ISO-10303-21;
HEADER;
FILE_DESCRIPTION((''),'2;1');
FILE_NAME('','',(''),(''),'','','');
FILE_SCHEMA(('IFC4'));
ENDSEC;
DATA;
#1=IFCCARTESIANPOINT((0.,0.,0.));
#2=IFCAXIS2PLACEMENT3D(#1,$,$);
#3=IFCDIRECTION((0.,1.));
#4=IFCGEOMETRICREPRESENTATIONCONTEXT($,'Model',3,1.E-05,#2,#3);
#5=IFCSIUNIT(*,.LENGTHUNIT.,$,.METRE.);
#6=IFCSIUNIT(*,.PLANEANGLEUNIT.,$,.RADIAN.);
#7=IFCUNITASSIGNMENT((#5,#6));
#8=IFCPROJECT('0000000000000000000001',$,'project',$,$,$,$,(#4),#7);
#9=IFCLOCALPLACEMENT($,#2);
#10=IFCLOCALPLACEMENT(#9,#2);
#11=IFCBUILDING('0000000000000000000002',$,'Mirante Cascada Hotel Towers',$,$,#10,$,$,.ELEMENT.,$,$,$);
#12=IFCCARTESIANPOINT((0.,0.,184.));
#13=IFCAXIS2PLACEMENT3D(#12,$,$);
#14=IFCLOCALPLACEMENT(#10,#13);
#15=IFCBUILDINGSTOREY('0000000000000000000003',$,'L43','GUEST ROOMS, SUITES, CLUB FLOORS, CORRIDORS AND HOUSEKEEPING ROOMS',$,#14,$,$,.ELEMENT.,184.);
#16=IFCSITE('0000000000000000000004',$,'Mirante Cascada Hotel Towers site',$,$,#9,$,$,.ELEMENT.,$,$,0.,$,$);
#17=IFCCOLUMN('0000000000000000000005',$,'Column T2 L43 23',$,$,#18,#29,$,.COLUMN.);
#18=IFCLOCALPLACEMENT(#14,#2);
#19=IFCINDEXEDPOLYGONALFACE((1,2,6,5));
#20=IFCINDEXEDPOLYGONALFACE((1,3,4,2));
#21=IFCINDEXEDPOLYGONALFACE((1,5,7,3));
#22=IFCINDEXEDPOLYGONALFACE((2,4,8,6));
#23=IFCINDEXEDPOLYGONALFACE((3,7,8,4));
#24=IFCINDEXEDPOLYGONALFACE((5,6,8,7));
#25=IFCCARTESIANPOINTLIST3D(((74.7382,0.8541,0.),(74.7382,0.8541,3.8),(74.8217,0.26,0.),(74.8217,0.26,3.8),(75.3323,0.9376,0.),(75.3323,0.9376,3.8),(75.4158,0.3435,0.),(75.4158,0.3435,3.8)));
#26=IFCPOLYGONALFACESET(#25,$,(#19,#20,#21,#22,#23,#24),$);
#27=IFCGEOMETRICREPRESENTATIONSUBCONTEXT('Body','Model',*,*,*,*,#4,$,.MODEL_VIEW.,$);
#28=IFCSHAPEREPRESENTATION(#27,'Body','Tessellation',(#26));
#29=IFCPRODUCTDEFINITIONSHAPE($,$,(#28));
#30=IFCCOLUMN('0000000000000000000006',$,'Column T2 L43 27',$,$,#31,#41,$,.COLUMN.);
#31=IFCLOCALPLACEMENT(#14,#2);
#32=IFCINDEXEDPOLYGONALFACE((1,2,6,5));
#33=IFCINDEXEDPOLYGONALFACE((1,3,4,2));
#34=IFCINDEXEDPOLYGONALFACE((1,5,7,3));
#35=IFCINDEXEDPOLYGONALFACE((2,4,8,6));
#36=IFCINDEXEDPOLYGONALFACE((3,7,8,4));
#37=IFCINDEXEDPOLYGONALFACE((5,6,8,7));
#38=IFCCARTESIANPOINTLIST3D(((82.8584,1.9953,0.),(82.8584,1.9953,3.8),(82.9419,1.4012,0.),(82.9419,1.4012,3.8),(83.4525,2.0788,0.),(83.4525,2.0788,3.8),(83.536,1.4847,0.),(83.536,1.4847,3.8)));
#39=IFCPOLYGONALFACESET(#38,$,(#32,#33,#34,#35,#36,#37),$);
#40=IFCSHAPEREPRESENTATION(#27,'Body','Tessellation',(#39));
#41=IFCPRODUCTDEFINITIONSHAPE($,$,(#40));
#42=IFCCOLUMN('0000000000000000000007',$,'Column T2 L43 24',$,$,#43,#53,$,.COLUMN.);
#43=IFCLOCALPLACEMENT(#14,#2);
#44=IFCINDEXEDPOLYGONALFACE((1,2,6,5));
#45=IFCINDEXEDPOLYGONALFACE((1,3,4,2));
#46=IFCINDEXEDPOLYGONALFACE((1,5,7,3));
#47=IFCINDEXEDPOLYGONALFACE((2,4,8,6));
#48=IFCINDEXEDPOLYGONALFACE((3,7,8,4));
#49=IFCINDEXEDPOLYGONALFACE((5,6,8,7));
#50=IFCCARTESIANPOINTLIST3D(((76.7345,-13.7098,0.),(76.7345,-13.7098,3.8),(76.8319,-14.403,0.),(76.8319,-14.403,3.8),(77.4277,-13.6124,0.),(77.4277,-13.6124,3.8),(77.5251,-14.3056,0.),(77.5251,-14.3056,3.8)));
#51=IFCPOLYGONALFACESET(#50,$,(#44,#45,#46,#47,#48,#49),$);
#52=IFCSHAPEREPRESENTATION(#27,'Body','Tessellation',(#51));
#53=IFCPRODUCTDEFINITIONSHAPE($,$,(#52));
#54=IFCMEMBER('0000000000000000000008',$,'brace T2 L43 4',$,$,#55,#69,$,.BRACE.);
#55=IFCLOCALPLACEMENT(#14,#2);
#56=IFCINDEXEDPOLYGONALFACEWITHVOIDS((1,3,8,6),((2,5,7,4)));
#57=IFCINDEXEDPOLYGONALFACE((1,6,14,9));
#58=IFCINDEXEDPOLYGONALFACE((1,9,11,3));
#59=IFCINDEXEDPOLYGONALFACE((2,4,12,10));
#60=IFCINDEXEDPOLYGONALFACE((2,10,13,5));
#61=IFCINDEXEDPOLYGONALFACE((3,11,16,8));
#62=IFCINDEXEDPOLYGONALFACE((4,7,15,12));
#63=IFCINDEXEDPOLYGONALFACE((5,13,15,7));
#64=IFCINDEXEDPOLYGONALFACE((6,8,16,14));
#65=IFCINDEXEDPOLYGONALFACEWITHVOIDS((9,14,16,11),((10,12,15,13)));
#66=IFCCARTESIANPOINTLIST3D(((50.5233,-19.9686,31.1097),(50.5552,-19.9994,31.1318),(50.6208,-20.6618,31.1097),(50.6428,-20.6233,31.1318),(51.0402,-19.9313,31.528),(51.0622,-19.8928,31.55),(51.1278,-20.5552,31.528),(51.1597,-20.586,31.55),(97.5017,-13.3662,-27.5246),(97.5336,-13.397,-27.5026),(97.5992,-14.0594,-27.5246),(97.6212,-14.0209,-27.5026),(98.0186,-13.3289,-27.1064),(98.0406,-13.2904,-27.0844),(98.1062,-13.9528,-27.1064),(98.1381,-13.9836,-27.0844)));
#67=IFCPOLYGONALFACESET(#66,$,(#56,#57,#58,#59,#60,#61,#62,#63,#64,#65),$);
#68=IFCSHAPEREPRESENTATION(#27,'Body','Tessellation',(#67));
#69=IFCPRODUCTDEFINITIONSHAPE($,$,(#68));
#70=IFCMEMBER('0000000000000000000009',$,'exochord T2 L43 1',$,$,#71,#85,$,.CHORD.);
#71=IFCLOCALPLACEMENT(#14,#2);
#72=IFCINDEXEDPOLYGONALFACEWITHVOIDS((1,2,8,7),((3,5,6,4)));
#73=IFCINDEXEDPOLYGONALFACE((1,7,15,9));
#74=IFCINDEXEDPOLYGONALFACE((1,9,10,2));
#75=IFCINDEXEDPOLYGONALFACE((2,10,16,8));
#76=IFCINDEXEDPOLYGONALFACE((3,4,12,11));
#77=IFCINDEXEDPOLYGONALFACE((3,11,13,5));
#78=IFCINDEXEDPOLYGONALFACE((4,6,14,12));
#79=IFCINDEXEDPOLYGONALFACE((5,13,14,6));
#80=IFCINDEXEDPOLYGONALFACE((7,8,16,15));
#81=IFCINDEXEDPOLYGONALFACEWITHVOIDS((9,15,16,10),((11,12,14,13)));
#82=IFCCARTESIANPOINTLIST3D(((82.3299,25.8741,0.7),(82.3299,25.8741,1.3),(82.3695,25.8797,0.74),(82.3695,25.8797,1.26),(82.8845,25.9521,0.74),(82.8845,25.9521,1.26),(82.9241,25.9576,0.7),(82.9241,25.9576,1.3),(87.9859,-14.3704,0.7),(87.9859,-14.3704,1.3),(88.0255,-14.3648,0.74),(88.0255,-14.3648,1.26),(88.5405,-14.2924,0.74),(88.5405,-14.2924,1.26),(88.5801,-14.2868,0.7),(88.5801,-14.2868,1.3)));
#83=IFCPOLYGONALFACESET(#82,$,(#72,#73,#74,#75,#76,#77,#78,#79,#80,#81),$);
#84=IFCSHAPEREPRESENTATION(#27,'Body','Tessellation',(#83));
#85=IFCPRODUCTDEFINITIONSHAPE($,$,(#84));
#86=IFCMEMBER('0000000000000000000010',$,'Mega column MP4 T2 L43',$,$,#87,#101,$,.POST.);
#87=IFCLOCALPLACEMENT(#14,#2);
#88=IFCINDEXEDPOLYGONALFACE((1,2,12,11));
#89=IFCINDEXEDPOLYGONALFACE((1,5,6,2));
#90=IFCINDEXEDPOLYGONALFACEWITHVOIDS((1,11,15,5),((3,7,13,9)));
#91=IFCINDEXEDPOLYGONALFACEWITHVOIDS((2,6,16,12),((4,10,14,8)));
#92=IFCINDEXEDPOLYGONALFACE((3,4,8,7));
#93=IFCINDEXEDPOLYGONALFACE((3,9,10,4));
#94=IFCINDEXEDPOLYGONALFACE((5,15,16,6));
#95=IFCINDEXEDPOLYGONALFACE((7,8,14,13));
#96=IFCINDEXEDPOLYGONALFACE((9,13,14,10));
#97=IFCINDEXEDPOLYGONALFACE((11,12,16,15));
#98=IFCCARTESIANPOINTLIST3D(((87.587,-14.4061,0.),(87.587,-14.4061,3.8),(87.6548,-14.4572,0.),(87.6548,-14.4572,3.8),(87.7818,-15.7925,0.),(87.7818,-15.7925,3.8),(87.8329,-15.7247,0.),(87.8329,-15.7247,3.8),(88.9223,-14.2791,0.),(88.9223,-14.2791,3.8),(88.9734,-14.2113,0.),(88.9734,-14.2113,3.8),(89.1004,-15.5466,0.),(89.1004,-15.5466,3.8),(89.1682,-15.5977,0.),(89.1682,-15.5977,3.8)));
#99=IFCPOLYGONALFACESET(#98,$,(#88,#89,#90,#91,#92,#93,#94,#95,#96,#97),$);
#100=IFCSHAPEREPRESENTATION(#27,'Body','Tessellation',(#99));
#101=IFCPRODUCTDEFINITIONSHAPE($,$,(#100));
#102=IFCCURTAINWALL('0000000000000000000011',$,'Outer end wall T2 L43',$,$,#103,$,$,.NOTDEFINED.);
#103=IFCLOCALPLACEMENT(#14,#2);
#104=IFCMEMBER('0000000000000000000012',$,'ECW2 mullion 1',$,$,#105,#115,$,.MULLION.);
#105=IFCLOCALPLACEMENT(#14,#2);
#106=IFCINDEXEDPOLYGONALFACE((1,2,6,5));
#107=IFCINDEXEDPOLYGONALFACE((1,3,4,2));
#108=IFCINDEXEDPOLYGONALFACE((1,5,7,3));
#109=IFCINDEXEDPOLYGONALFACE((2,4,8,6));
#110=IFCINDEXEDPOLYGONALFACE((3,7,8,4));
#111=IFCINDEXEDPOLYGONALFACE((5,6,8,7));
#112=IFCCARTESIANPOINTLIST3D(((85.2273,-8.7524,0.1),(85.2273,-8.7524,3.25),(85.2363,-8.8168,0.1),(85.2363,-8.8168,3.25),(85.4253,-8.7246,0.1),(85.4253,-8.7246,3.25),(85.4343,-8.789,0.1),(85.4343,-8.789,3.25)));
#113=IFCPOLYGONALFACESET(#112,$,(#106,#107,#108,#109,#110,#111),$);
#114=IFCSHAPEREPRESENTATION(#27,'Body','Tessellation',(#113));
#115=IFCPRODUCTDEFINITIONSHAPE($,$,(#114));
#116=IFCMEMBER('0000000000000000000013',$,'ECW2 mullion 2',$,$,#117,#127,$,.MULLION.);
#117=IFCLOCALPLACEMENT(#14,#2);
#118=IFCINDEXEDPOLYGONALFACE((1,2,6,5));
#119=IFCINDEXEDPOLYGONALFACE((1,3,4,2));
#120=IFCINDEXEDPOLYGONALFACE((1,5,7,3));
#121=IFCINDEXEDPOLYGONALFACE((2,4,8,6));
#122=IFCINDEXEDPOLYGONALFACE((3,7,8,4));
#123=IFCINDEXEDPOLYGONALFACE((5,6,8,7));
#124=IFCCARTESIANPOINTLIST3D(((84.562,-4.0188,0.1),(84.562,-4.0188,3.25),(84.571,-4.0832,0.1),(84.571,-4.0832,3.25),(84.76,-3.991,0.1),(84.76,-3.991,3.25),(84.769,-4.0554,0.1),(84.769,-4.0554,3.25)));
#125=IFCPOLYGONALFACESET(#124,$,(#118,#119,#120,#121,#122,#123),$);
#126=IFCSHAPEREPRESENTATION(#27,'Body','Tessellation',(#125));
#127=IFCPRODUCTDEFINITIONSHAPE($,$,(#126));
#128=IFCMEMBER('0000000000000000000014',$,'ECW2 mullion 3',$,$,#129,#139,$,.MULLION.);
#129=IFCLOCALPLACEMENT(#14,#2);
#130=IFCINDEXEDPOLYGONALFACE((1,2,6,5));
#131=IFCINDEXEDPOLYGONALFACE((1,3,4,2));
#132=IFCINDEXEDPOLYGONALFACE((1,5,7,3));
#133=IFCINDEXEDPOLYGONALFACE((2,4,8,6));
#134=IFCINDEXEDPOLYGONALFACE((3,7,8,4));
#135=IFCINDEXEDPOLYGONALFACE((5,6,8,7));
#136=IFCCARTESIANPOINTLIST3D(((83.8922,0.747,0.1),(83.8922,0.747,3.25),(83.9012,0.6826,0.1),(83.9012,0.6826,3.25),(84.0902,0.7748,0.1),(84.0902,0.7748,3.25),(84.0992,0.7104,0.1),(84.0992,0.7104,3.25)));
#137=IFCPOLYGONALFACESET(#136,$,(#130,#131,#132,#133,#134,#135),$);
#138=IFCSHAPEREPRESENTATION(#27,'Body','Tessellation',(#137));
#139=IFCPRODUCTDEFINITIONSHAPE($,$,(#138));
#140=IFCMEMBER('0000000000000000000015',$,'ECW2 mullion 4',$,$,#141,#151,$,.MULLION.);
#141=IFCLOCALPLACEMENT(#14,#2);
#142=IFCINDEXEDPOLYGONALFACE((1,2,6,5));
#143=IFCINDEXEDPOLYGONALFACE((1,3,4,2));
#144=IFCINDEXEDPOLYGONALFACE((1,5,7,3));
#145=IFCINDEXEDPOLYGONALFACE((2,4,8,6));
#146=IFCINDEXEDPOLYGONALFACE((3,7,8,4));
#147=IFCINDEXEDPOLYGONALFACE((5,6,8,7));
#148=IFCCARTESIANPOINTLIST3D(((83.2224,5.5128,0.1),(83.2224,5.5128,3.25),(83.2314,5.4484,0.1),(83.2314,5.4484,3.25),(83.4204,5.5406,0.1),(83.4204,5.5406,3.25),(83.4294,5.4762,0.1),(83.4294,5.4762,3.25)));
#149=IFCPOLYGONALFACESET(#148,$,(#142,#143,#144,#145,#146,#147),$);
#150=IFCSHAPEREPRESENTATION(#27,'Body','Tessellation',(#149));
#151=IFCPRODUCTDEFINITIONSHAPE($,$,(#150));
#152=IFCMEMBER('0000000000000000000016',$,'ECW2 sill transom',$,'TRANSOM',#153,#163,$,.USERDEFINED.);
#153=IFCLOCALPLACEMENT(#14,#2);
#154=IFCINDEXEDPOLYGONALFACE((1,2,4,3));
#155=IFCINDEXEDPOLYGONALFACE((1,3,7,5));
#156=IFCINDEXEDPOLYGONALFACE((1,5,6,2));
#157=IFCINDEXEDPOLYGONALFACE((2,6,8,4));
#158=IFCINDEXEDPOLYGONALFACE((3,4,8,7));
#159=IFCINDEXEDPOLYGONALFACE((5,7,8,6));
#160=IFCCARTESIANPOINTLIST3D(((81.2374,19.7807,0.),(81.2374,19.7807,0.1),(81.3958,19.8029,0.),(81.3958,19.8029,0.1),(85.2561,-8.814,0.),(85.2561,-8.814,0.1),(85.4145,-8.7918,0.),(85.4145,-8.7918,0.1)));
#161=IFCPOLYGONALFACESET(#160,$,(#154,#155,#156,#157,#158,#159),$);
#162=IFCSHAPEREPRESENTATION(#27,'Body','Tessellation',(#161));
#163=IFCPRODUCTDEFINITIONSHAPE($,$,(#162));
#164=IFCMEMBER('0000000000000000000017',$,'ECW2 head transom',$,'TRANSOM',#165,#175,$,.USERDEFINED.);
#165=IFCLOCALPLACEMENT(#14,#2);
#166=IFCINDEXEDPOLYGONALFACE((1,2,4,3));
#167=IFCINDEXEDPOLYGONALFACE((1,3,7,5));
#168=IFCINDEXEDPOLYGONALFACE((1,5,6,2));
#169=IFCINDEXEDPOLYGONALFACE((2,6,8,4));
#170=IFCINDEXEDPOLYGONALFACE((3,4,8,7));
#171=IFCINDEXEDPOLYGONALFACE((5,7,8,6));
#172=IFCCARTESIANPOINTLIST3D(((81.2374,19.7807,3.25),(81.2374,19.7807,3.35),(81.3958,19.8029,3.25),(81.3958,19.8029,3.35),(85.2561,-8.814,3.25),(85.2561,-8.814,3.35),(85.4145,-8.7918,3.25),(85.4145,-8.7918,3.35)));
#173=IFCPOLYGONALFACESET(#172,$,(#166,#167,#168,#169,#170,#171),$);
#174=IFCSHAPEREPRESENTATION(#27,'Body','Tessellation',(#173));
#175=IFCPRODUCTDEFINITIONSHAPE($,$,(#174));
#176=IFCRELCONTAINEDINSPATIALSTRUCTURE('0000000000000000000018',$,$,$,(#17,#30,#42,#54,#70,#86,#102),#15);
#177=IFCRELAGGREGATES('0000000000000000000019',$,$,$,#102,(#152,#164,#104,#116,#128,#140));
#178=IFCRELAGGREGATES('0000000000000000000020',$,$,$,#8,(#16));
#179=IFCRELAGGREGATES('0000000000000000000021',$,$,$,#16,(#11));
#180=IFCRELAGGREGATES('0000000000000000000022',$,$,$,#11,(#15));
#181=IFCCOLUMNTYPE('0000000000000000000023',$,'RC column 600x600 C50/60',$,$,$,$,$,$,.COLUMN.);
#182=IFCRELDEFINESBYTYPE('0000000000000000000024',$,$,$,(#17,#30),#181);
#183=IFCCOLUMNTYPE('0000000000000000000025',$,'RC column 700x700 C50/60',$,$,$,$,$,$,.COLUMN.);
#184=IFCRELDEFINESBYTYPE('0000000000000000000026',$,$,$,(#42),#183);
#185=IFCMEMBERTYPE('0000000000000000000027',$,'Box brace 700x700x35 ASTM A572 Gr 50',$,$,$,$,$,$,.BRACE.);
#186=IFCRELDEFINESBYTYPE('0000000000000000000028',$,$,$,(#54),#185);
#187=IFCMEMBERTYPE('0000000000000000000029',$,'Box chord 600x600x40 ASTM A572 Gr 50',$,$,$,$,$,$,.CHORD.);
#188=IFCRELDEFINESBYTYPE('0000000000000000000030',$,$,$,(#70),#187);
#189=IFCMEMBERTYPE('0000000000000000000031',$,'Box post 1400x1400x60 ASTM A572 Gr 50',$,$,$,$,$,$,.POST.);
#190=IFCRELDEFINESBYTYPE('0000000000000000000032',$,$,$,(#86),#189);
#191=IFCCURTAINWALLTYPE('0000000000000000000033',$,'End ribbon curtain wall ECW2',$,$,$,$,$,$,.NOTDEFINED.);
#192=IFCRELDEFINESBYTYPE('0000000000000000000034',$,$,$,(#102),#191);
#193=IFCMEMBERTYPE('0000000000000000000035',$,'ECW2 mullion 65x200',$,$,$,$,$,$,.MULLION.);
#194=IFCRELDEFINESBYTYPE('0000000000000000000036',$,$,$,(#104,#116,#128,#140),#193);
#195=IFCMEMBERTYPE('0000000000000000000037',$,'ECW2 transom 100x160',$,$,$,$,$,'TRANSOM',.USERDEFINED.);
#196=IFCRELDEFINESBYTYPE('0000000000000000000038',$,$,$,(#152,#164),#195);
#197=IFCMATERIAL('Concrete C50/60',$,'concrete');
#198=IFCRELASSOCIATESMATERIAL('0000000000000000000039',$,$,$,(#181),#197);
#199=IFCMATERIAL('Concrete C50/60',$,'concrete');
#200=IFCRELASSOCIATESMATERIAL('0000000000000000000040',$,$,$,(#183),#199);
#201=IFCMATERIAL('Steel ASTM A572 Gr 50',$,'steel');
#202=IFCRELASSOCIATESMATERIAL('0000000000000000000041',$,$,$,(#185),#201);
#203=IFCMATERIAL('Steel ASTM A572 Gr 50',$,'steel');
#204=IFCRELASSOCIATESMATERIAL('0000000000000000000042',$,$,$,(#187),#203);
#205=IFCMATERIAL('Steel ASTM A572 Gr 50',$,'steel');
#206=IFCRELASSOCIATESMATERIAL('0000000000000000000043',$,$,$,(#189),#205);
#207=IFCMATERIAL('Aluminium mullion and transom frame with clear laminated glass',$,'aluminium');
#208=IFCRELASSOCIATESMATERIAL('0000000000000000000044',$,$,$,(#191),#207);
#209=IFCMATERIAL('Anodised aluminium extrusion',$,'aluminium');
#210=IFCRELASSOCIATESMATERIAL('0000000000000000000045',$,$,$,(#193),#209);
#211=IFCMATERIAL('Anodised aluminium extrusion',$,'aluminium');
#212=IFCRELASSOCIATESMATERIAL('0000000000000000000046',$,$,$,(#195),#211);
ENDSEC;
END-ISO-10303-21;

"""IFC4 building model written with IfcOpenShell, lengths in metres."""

from ifc_helpers import new_model, si_unit, direction, frame, origin, origin_2d, place, context, subcontext, project, spatial, rectangle, hollow_rectangle, extrude, material, material_profile, profile_set, type_object, element, aggregate, save


model = new_model("IFC4")

# Units and contexts
model_context = context("Model", 3, precision=1e-05, world=origin(), true_north=direction((0.0, 1.0)))
body_context = subcontext(model_context, "Body", "Model", "MODEL_VIEW")
ifc_project = project(units=[si_unit("LENGTHUNIT", "METRE"), si_unit("PLANEANGLEUNIT", "RADIAN")], contexts=[model_context])

# Site, building, storey
site_placement = place(None, origin())
site = spatial("IfcSite", under=ifc_project, at=site_placement, Name="Mirante Cascada Hotel Towers site", CompositionType="ELEMENT", RefElevation=0.0)
building_placement = place(site_placement, origin())
building = spatial("IfcBuilding", under=site, at=building_placement, Name="Mirante Cascada Hotel Towers", CompositionType="ELEMENT")
storey_placement = place(building_placement, frame((0.0, 0.0, 184.0)))
storey = spatial("IfcBuildingStorey", under=building, at=storey_placement, Name="L43", Description="GUEST ROOMS, SUITES, CLUB FLOORS, CORRIDORS AND HOUSEKEEPING ROOMS", CompositionType="ELEMENT", Elevation=184.0)

# Columns
ifc_material_1 = material(Name="Concrete C50/60", Category="concrete")
ifc_material_profile_1 = material_profile(ifc_material_1, rectangle(XDim=0.6, YDim=0.6, at=origin_2d()), Name="RC column 600x600 C50/60")
ifc_profile_set_1 = profile_set([ifc_material_profile_1], Name="Concrete C50/60")
column_type_1 = type_object("IfcColumnType", Name="RC column 600x600 C50/60", PredefinedType="COLUMN", material=ifc_profile_set_1)
for number, where, z_axis, x_axis, name in (
    (1, (75.077, 0.5988, 0.0), (0.0, 0.0, 1.0), (0.990268, 0.139173, 0.0), "Column T2 L43 23"),
    (2, (83.1972, 1.74, 0.0), (0.0, 0.0, 1.0), (0.990268, 0.139173, 0.0), "Column T2 L43 27"),
):
    element("IfcColumn", number, at=place(storey_placement, frame(where, z_axis=z_axis, x_axis=x_axis)), inside=storey, type_object=column_type_1, Name=name, PredefinedType="COLUMN", context=body_context, shape_type="SweptSolid", body=[
        extrude(rectangle(XDim=0.6, YDim=0.6, at=origin_2d()), origin(), (0.0, 0.0, 1.0), 3.8),
    ])
ifc_material_2 = material(Name="Concrete C50/60", Category="concrete")
ifc_material_profile_2 = material_profile(ifc_material_2, rectangle(XDim=0.7, YDim=0.7, at=origin_2d()), Name="RC column 700x700 C50/60")
ifc_profile_set_2 = profile_set([ifc_material_profile_2], Name="Concrete C50/60")
column_type_2 = type_object("IfcColumnType", Name="RC column 700x700 C50/60", PredefinedType="COLUMN", material=ifc_profile_set_2)
column_placement = place(storey_placement, frame((77.1298, -14.0077, 0.0), z_axis=(0.0, 0.0, 1.0), x_axis=(0.990268, 0.139173, 0.0)))
element("IfcColumn", 3, at=column_placement, inside=storey, type_object=column_type_2, Name="Column T2 L43 24", PredefinedType="COLUMN", context=body_context, shape_type="SweptSolid", body=[
    extrude(rectangle(XDim=0.7, YDim=0.7, at=origin_2d()), origin(), (0.0, 0.0, 1.0), 3.8),
])

# Members
ifc_material_3 = material(Name="Steel ASTM A572 Gr 50", Category="steel")
ifc_material_profile_3 = material_profile(ifc_material_3, hollow_rectangle(XDim=0.7, YDim=0.7, WallThickness=0.035, at=origin_2d()), Name="Box brace 700x700x35 ASTM A572 Gr 50")
ifc_profile_set_3 = profile_set([ifc_material_profile_3], Name="Steel ASTM A572 Gr 50")
member_type_1 = type_object("IfcMemberType", Name="Box brace 700x700x35 ASTM A572 Gr 50", PredefinedType="BRACE", material=ifc_profile_set_3)
member_1_placement = place(storey_placement, frame((97.8199, -13.6749, -27.3045), z_axis=(-0.62287, -0.087539, 0.777412), x_axis=(0.139173, -0.990268, 0.0)))
element("IfcMember", 4, at=member_1_placement, inside=storey, type_object=member_type_1, Name="brace T2 L43 4", PredefinedType="BRACE", context=body_context, shape_type="SweptSolid", body=[
    extrude(hollow_rectangle(XDim=0.7, YDim=0.7, WallThickness=0.035, at=origin_2d()), origin(), (0.0, 0.0, 1.0), 75.4225),
])
ifc_material_4 = material(Name="Steel ASTM A572 Gr 50", Category="steel")
ifc_material_profile_4 = material_profile(ifc_material_4, hollow_rectangle(XDim=0.6, YDim=0.6, WallThickness=0.04, at=origin_2d()), Name="Box chord 600x600x40 ASTM A572 Gr 50")
ifc_profile_set_4 = profile_set([ifc_material_profile_4], Name="Steel ASTM A572 Gr 50")
member_type_2 = type_object("IfcMemberType", Name="Box chord 600x600x40 ASTM A572 Gr 50", PredefinedType="CHORD", material=ifc_profile_set_4)
member_2_placement = place(storey_placement, frame((88.283, -14.3286, 1.0), z_axis=(-0.139173, 0.990268, 0.0), x_axis=(-0.990268, -0.139173, 0.0)))
element("IfcMember", 5, at=member_2_placement, inside=storey, type_object=member_type_2, Name="exochord T2 L43 1", PredefinedType="CHORD", context=body_context, shape_type="SweptSolid", body=[
    extrude(hollow_rectangle(XDim=0.6, YDim=0.6, WallThickness=0.04, at=origin_2d()), origin(), (0.0, 0.0, 1.0), 40.64),
])
ifc_material_5 = material(Name="Steel ASTM A572 Gr 50", Category="steel")
ifc_material_profile_5 = material_profile(ifc_material_5, hollow_rectangle(XDim=1.4, YDim=1.4, WallThickness=0.06, at=origin_2d()), Name="Box post 1400x1400x60 ASTM A572 Gr 50")
ifc_profile_set_5 = profile_set([ifc_material_profile_5], Name="Steel ASTM A572 Gr 50")
member_type_3 = type_object("IfcMemberType", Name="Box post 1400x1400x60 ASTM A572 Gr 50", PredefinedType="POST", material=ifc_profile_set_5)
member_3_placement = place(storey_placement, frame((88.3776, -15.0019, 0.0), z_axis=(0.0, 0.0, 1.0), x_axis=(0.990268, 0.139173, 0.0)))
element("IfcMember", 6, at=member_3_placement, inside=storey, type_object=member_type_3, Name="Mega column MP4 T2 L43", PredefinedType="POST", context=body_context, shape_type="SweptSolid", body=[
    extrude(hollow_rectangle(XDim=1.4, YDim=1.4, WallThickness=0.06, at=origin_2d()), origin(), (0.0, 0.0, 1.0), 3.8),
])

# Curtain wall, members
ifc_material_6 = material(Name="Aluminium mullion and transom frame with clear laminated glass", Category="aluminium")
curtain_wall_type = type_object("IfcCurtainWallType", Name="End ribbon curtain wall ECW2", PredefinedType="NOTDEFINED", material=ifc_material_6)
curtain_wall_placement = place(storey_placement, origin())
curtain_wall = element("IfcCurtainWall", 7, at=curtain_wall_placement, inside=storey, type_object=curtain_wall_type, Name="Outer end wall T2 L43", PredefinedType="NOTDEFINED")
ifc_material_7 = material(Name="Anodised aluminium extrusion", Category="aluminium")
ifc_material_profile_6 = material_profile(ifc_material_7, rectangle(XDim=0.2, YDim=0.065, at=origin_2d()), Name="ECW2 MULLION 65x200")
ifc_profile_set_6 = profile_set([ifc_material_profile_6], Name="Anodised aluminium extrusion")
member_type_4 = type_object("IfcMemberType", Name="ECW2 mullion 65x200", PredefinedType="MULLION", material=ifc_profile_set_6)
member_4_placement = place(storey_placement, frame((85.3308, -8.7707, 0.1), z_axis=(0.0, 0.0, 1.0), x_axis=(-0.990268, -0.139173, 0.0)))
member_4 = element("IfcMember", 8, at=member_4_placement, type_object=member_type_4, Name="ECW2 mullion 1", PredefinedType="MULLION", context=body_context, shape_type="SweptSolid", body=[
    extrude(rectangle(XDim=0.2, YDim=0.065, at=origin_2d()), origin(), (0.0, 0.0, 1.0), 3.15),
])
member_5_placement = place(storey_placement, frame((84.6655, -4.0371, 0.1), z_axis=(0.0, 0.0, 1.0), x_axis=(-0.990268, -0.139173, 0.0)))
member_5 = element("IfcMember", 9, at=member_5_placement, type_object=member_type_4, Name="ECW2 mullion 2", PredefinedType="MULLION", context=body_context, shape_type="SweptSolid", body=[
    extrude(rectangle(XDim=0.2, YDim=0.065, at=origin_2d()), origin(), (0.0, 0.0, 1.0), 3.15),
])
member_6_placement = place(storey_placement, frame((83.9957, 0.7287, 0.1), z_axis=(0.0, 0.0, 1.0), x_axis=(-0.990268, -0.139173, 0.0)))
member_6 = element("IfcMember", 10, at=member_6_placement, type_object=member_type_4, Name="ECW2 mullion 3", PredefinedType="MULLION", context=body_context, shape_type="SweptSolid", body=[
    extrude(rectangle(XDim=0.2, YDim=0.065, at=origin_2d()), origin(), (0.0, 0.0, 1.0), 3.15),
])
member_7_placement = place(storey_placement, frame((83.3259, 5.4945, 0.1), z_axis=(0.0, 0.0, 1.0), x_axis=(-0.990268, -0.139173, 0.0)))
member_7 = element("IfcMember", 11, at=member_7_placement, type_object=member_type_4, Name="ECW2 mullion 4", PredefinedType="MULLION", context=body_context, shape_type="SweptSolid", body=[
    extrude(rectangle(XDim=0.2, YDim=0.065, at=origin_2d()), origin(), (0.0, 0.0, 1.0), 3.15),
])
ifc_material_8 = material(Name="Anodised aluminium extrusion", Category="aluminium")
ifc_material_profile_7 = material_profile(ifc_material_8, rectangle(XDim=0.16, YDim=0.1, at=origin_2d()), Name="ECW2 TRANSOM 100x160")
ifc_profile_set_7 = profile_set([ifc_material_profile_7], Name="Anodised aluminium extrusion")
member_type_5 = type_object("IfcMemberType", Name="ECW2 transom 100x160", ElementType="TRANSOM", PredefinedType="USERDEFINED", material=ifc_profile_set_7)
member_8_placement = place(storey_placement, frame((85.3353, -8.8029, 0.05), z_axis=(-0.139172, 0.990268, 0.0), x_axis=(-0.990268, -0.139172, 0.0)))
member_8 = element("IfcMember", 12, at=member_8_placement, type_object=member_type_5, Name="ECW2 sill transom", ObjectType="TRANSOM", PredefinedType="USERDEFINED", context=body_context, shape_type="SweptSolid", body=[
    extrude(rectangle(XDim=0.16, YDim=0.1, at=origin_2d()), origin(), (0.0, 0.0, 1.0), 28.8757),
])
member_9_placement = place(storey_placement, frame((85.3353, -8.8029, 3.3), z_axis=(-0.139172, 0.990268, 0.0), x_axis=(-0.990268, -0.139172, 0.0)))
member_9 = element("IfcMember", 13, at=member_9_placement, type_object=member_type_5, Name="ECW2 head transom", ObjectType="TRANSOM", PredefinedType="USERDEFINED", context=body_context, shape_type="SweptSolid", body=[
    extrude(rectangle(XDim=0.16, YDim=0.1, at=origin_2d()), origin(), (0.0, 0.0, 1.0), 28.8757),
])
aggregate(curtain_wall, [member_8, member_9, member_4, member_5, member_6, member_7])

save(model, "model.ifc")
